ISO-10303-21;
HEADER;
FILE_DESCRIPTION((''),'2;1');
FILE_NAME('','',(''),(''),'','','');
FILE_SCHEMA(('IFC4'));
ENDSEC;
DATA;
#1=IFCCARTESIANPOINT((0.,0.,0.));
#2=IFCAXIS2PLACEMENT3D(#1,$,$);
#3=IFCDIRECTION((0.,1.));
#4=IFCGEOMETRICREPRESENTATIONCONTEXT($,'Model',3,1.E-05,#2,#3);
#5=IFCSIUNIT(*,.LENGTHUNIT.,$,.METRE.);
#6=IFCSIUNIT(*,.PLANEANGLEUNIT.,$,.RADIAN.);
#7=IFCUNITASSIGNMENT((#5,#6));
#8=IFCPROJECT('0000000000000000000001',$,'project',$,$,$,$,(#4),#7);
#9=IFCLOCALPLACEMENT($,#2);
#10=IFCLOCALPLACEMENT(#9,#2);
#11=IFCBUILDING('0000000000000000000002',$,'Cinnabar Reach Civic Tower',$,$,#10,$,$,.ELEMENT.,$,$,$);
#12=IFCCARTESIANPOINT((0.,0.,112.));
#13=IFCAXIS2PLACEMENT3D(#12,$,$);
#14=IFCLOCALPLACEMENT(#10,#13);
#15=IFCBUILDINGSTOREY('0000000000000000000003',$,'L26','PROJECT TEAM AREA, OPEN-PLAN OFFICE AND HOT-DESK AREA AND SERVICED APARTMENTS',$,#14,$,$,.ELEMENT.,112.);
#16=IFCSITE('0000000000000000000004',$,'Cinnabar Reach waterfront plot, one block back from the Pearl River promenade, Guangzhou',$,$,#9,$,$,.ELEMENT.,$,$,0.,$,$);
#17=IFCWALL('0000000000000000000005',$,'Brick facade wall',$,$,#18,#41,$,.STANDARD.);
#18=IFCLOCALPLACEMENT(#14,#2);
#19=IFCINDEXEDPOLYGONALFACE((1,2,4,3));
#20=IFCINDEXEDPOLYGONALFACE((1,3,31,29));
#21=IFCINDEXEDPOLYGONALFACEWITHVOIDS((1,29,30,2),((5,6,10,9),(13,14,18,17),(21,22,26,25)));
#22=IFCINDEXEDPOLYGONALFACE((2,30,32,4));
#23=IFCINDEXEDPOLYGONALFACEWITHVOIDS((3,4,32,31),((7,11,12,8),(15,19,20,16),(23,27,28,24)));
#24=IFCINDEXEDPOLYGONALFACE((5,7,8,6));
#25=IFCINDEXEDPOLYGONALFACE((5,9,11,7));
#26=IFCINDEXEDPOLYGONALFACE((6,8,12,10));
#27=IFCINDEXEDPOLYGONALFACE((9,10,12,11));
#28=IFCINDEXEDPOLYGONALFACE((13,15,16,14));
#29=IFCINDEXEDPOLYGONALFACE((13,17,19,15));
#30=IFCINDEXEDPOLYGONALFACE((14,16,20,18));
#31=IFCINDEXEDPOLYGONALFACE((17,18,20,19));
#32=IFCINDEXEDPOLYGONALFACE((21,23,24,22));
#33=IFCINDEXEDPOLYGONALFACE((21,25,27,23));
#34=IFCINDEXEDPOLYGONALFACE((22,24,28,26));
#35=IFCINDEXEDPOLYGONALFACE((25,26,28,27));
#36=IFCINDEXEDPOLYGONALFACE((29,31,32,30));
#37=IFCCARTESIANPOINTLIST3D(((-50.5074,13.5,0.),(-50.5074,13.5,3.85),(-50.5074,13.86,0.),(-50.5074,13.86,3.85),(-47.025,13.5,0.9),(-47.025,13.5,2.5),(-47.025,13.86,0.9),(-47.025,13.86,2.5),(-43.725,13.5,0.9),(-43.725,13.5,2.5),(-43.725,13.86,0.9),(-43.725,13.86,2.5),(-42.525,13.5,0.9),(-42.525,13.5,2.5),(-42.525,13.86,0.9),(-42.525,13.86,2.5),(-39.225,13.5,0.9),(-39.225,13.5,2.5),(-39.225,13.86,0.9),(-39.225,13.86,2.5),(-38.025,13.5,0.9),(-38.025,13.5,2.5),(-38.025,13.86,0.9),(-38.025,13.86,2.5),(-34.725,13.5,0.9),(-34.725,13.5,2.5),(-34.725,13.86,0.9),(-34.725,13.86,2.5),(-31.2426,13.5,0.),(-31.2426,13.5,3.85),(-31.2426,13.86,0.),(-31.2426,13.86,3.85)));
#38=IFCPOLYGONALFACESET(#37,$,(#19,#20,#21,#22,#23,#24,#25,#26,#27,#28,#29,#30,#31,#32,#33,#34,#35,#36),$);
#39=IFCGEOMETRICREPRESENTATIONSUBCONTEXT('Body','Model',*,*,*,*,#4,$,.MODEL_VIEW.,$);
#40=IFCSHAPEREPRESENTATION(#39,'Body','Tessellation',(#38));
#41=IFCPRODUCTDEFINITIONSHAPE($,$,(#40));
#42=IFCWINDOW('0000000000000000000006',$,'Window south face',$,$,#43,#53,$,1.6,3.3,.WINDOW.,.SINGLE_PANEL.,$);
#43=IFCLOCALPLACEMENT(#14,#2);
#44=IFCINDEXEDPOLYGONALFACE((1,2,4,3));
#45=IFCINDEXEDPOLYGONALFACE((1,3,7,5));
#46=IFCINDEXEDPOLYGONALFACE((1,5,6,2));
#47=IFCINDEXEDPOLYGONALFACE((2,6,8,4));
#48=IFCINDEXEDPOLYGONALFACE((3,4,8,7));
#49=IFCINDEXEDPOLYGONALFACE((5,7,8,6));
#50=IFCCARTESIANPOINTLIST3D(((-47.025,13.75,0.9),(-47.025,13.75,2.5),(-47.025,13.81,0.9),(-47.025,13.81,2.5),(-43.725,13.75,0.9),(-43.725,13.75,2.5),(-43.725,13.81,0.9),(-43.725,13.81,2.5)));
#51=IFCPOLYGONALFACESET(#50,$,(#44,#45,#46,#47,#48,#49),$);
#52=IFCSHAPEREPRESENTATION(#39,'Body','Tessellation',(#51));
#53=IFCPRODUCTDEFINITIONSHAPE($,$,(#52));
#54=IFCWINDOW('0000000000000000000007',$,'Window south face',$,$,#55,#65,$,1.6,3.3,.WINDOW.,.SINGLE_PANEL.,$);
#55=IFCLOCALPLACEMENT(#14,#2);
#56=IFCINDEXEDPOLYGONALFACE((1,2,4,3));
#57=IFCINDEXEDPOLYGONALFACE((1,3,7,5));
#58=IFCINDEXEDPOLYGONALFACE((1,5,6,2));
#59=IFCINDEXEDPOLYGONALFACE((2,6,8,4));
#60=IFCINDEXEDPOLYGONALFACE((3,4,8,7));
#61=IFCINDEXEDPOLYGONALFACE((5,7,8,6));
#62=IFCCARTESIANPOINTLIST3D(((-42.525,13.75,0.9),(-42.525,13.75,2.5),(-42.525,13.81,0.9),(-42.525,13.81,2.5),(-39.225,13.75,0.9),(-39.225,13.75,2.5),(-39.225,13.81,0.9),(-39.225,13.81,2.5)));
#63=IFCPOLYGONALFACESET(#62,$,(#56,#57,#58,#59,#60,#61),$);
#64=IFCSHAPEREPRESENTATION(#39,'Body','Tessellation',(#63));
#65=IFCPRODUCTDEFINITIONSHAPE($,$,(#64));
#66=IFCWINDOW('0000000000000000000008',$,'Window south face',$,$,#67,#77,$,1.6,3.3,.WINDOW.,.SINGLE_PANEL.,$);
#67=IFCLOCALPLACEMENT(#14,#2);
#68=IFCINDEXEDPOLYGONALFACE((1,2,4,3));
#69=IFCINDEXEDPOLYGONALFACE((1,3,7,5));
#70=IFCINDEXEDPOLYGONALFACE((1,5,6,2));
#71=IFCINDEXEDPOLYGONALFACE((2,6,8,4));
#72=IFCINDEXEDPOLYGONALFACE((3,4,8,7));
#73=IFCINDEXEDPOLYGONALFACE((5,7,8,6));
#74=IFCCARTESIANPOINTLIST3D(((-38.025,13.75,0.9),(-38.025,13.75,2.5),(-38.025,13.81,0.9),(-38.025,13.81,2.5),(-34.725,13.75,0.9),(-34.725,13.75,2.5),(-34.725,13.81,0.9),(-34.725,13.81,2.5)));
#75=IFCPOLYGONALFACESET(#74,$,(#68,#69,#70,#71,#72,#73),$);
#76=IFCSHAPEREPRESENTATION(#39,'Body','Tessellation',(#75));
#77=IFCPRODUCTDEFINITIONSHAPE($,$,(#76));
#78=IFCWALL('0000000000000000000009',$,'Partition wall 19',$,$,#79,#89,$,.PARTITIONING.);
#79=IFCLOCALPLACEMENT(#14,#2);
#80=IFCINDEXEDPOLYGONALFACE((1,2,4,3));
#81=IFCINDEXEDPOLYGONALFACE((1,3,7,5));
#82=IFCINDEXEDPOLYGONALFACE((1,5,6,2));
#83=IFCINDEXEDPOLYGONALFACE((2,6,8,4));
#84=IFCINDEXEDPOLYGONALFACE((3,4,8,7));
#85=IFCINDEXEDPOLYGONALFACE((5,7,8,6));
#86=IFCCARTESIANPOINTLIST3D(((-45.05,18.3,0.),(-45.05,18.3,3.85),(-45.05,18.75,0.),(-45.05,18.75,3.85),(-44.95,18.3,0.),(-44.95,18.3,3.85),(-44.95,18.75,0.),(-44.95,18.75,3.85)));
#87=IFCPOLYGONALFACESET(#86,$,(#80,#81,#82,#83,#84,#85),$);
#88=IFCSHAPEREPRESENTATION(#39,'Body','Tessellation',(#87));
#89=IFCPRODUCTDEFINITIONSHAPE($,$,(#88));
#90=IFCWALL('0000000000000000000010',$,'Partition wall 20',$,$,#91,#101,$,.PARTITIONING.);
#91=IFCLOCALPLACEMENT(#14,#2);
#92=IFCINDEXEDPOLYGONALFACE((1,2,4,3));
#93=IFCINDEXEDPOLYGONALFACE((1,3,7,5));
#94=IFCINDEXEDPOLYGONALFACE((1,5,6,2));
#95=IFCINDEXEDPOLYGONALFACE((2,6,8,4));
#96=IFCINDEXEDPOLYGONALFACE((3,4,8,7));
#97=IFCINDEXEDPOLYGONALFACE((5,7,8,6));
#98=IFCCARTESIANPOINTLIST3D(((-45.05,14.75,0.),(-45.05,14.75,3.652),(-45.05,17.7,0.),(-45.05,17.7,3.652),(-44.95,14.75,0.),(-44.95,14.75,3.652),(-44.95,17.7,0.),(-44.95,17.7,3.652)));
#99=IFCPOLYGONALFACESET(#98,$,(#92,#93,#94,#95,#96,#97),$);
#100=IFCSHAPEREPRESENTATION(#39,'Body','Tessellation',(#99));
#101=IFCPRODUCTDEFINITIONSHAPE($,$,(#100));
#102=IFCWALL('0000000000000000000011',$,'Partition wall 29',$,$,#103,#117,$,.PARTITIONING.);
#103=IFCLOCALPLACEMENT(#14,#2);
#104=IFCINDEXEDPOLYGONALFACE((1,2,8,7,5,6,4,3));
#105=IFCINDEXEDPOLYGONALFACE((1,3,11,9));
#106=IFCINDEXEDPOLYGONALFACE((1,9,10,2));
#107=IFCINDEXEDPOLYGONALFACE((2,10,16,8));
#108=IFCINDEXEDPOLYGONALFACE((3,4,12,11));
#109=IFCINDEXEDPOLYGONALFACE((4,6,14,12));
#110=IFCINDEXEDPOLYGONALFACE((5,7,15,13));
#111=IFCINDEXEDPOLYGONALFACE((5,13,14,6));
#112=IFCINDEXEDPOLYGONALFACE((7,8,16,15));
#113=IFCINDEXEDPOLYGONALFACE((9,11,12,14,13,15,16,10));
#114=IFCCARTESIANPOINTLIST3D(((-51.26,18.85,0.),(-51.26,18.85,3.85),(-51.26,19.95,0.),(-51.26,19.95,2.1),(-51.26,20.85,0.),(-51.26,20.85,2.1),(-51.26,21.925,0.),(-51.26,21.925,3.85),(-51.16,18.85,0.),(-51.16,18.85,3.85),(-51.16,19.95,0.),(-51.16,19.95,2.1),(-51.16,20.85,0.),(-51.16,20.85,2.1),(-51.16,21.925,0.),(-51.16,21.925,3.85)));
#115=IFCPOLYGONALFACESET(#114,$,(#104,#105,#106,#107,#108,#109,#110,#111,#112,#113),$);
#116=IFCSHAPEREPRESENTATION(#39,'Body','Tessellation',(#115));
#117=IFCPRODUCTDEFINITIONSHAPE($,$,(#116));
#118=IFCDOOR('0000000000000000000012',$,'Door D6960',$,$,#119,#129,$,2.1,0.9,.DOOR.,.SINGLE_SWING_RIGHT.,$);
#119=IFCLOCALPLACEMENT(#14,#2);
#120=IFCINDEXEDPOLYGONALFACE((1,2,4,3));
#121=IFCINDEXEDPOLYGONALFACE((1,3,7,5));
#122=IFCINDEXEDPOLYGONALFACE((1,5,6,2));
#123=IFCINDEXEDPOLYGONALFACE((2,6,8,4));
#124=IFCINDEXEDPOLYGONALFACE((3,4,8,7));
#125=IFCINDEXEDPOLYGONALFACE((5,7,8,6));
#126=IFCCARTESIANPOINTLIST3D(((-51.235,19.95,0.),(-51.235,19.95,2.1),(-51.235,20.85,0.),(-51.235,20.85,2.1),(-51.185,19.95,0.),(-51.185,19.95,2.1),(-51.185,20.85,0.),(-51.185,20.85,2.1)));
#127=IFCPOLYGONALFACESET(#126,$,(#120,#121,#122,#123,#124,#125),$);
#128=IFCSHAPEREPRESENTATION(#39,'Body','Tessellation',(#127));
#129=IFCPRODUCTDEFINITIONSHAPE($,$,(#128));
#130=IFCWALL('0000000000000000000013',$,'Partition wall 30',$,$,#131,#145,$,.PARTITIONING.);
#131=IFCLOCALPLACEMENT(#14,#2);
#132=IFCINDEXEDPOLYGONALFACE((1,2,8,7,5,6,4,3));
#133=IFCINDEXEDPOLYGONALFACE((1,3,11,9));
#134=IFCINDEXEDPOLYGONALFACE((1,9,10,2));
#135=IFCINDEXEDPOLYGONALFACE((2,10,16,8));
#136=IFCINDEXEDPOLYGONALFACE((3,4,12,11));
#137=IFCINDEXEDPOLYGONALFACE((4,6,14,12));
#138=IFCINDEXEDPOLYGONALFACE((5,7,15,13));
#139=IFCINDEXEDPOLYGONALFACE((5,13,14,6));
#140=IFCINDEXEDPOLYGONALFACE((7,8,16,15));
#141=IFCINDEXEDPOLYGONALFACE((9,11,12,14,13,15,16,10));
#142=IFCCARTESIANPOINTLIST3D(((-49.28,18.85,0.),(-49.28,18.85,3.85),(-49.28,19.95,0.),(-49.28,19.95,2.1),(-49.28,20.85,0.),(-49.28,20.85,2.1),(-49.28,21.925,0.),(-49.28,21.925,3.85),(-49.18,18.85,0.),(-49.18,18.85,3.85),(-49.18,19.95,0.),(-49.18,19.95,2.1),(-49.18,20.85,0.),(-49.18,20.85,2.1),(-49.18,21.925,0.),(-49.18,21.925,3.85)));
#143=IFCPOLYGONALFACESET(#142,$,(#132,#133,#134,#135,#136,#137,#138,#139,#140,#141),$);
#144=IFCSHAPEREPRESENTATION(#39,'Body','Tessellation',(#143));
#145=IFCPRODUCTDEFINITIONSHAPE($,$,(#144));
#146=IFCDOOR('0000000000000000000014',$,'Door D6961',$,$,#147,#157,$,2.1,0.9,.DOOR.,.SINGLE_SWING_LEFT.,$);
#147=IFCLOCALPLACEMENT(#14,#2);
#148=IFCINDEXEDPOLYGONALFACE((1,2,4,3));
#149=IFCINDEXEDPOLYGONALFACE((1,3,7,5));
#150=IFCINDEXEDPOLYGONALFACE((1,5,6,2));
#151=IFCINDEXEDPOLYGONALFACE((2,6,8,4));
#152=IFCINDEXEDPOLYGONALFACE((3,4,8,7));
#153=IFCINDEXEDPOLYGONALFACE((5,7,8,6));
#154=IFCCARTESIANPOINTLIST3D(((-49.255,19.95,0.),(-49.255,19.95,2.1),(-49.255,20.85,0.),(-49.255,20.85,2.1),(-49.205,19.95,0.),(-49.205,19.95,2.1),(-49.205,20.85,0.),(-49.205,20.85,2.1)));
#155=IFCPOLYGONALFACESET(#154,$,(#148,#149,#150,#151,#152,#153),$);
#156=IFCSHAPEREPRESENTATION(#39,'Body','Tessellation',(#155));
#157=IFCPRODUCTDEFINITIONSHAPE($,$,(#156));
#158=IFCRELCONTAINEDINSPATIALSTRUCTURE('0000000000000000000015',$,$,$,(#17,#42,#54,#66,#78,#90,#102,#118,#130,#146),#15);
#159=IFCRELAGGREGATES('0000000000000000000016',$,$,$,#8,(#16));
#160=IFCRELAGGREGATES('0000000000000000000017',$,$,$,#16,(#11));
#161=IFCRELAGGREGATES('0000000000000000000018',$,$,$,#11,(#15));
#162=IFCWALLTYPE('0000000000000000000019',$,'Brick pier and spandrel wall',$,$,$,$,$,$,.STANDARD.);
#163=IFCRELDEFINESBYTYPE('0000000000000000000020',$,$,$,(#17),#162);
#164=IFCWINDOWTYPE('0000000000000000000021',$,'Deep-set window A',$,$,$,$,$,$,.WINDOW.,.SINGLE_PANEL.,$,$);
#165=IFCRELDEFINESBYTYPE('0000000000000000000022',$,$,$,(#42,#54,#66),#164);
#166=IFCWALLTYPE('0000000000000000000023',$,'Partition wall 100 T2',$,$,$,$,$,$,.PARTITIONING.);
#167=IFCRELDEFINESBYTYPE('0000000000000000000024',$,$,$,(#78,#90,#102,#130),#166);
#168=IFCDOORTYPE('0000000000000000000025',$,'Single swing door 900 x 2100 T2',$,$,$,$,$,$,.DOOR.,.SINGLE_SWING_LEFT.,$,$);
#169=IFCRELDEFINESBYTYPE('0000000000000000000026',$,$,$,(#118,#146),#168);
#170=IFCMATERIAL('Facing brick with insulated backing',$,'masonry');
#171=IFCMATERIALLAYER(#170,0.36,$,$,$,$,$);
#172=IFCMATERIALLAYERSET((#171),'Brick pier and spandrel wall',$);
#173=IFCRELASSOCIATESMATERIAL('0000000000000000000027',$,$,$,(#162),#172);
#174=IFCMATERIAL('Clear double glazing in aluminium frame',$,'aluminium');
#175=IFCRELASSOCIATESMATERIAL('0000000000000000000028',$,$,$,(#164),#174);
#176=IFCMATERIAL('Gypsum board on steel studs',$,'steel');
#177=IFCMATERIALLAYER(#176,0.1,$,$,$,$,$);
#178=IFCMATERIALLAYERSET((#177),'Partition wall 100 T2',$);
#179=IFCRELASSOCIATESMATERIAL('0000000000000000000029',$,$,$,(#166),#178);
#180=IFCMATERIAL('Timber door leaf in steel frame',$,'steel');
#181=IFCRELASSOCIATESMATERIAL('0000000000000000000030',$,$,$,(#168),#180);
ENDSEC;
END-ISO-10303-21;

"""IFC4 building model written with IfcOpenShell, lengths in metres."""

from ifc_helpers import new_model, si_unit, direction, frame, frame_2d, origin, place, context, subcontext, project, spatial, rectangle, extrude, material, layer, layer_set, type_object, element, fill, save


model = new_model("IFC4")

# Units and contexts
model_context = context("Model", 3, precision=1e-05, world=origin(), true_north=direction((0.0, 1.0)))
body_context = subcontext(model_context, "Body", "Model", "MODEL_VIEW")
ifc_project = project(units=[si_unit("LENGTHUNIT", "METRE"), si_unit("PLANEANGLEUNIT", "RADIAN")], contexts=[model_context])

# Site, building, storey
site_placement = place(None, origin())
site = spatial("IfcSite", under=ifc_project, at=site_placement, Name="Cinnabar Reach waterfront plot, one block back from the Pearl River promenade, Guangzhou", CompositionType="ELEMENT", RefElevation=0.0)
building_placement = place(site_placement, origin())
building = spatial("IfcBuilding", under=site, at=building_placement, Name="Cinnabar Reach Civic Tower", CompositionType="ELEMENT")
storey_placement = place(building_placement, frame((0.0, 0.0, 112.0)))
storey = spatial("IfcBuildingStorey", under=building, at=storey_placement, Name="L26", Description="PROJECT TEAM AREA, OPEN-PLAN OFFICE AND HOT-DESK AREA AND SERVICED APARTMENTS", CompositionType="ELEMENT", Elevation=112.0)

# Shared definitions
ifc_material_1 = material(Name="Facing brick with insulated backing", Category="masonry")

# Wall, openings, windows
ifc_layer_1 = layer(ifc_material_1, 0.36)
ifc_layer_set_1 = layer_set([ifc_layer_1], Name="Brick pier and spandrel wall")
wall_type_1 = type_object("IfcWallType", Name="Brick pier and spandrel wall", PredefinedType="STANDARD", material=ifc_layer_set_1)
wall_1_placement = place(storey_placement, frame((-50.5074, 13.68, 0.0), z_axis=(0.0, 0.0, 1.0), x_axis=(1.0, 0.0, 0.0)))
wall_1 = element("IfcWall", 1, at=wall_1_placement, inside=storey, type_object=wall_type_1, Name="Brick facade wall", PredefinedType="STANDARD", context=body_context, shape_type="SweptSolid", body=[
    extrude(rectangle(XDim=19.2648, YDim=0.36, at=frame_2d((9.6324, 0.0))), origin(), (0.0, 0.0, 1.0), 3.85),
])
opening_1_placement = place(wall_1_placement, frame((3.4824, 0.0, 0.9)))
opening_1 = element("IfcOpeningElement", 2, at=opening_1_placement, cuts=wall_1, PredefinedType="OPENING", context=body_context, shape_type="SweptSolid", body=[
    extrude(rectangle(XDim=3.3, YDim=1.6, at=frame_2d((1.65, 0.8))), frame((0.0, 0.19, 0.0), z_axis=(0.0, -1.0, 0.0), x_axis=(1.0, 0.0, 0.0)), (0.0, 0.0, 1.0), 0.38),
])
opening_2_placement = place(wall_1_placement, frame((7.9824, 0.0, 0.9)))
opening_2 = element("IfcOpeningElement", 3, at=opening_2_placement, cuts=wall_1, PredefinedType="OPENING", context=body_context, shape_type="SweptSolid", body=[
    extrude(rectangle(XDim=3.3, YDim=1.6, at=frame_2d((1.65, 0.8))), frame((0.0, 0.19, 0.0), z_axis=(0.0, -1.0, 0.0), x_axis=(1.0, 0.0, 0.0)), (0.0, 0.0, 1.0), 0.38),
])
opening_3_placement = place(wall_1_placement, frame((12.4824, 0.0, 0.9)))
opening_3 = element("IfcOpeningElement", 4, at=opening_3_placement, cuts=wall_1, PredefinedType="OPENING", context=body_context, shape_type="SweptSolid", body=[
    extrude(rectangle(XDim=3.3, YDim=1.6, at=frame_2d((1.65, 0.8))), frame((0.0, 0.19, 0.0), z_axis=(0.0, -1.0, 0.0), x_axis=(1.0, 0.0, 0.0)), (0.0, 0.0, 1.0), 0.38),
])
ifc_material_2 = material(Name="Clear double glazing in aluminium frame", Category="aluminium")
window_type = type_object("IfcWindowType", Name="Deep-set window A", PartitioningType="SINGLE_PANEL", PredefinedType="WINDOW", material=ifc_material_2)
window_1_placement = place(opening_1_placement, origin())
window_1 = element("IfcWindow", 5, at=window_1_placement, inside=storey, type_object=window_type, Name="Window south face", OverallHeight=1.6, OverallWidth=3.3, PartitioningType="SINGLE_PANEL", PredefinedType="WINDOW", context=body_context, shape_type="SweptSolid", body=[
    extrude(rectangle(XDim=3.3, YDim=1.6, at=frame_2d((1.65, 0.8))), frame((0.0, 0.13, 0.0), z_axis=(0.0, -1.0, 0.0), x_axis=(1.0, 0.0, 0.0)), (0.0, 0.0, 1.0), 0.06),
])
fill(opening_1, window_1)
window_2_placement = place(opening_2_placement, origin())
window_2 = element("IfcWindow", 6, at=window_2_placement, inside=storey, type_object=window_type, Name="Window south face", OverallHeight=1.6, OverallWidth=3.3, PartitioningType="SINGLE_PANEL", PredefinedType="WINDOW", context=body_context, shape_type="SweptSolid", body=[
    extrude(rectangle(XDim=3.3, YDim=1.6, at=frame_2d((1.65, 0.8))), frame((0.0, 0.13, 0.0), z_axis=(0.0, -1.0, 0.0), x_axis=(1.0, 0.0, 0.0)), (0.0, 0.0, 1.0), 0.06),
])
fill(opening_2, window_2)
window_3_placement = place(opening_3_placement, origin())
window_3 = element("IfcWindow", 7, at=window_3_placement, inside=storey, type_object=window_type, Name="Window south face", OverallHeight=1.6, OverallWidth=3.3, PartitioningType="SINGLE_PANEL", PredefinedType="WINDOW", context=body_context, shape_type="SweptSolid", body=[
    extrude(rectangle(XDim=3.3, YDim=1.6, at=frame_2d((1.65, 0.8))), frame((0.0, 0.13, 0.0), z_axis=(0.0, -1.0, 0.0), x_axis=(1.0, 0.0, 0.0)), (0.0, 0.0, 1.0), 0.06),
])
fill(opening_3, window_3)

# Walls
ifc_material_3 = material(Name="Gypsum board on steel studs", Category="steel")
ifc_layer_2 = layer(ifc_material_3, 0.1)
ifc_layer_set_2 = layer_set([ifc_layer_2], Name="Partition wall 100 T2")
wall_type_2 = type_object("IfcWallType", Name="Partition wall 100 T2", PredefinedType="PARTITIONING", material=ifc_layer_set_2)
wall_2_placement = place(storey_placement, frame((-45.0, 18.3, 0.0), z_axis=(0.0, 0.0, 1.0), x_axis=(0.0, 1.0, 0.0)))
element("IfcWall", 8, at=wall_2_placement, inside=storey, type_object=wall_type_2, Name="Partition wall 19", PredefinedType="PARTITIONING", context=body_context, shape_type="SweptSolid", body=[
    extrude(rectangle(XDim=0.45, YDim=0.1, at=frame_2d((0.225, 0.0))), origin(), (0.0, 0.0, 1.0), 3.85),
])
wall_3_placement = place(storey_placement, frame((-45.0, 14.75, 0.0), z_axis=(0.0, 0.0, 1.0), x_axis=(0.0, 1.0, 0.0)))
element("IfcWall", 9, at=wall_3_placement, inside=storey, type_object=wall_type_2, Name="Partition wall 20", PredefinedType="PARTITIONING", context=body_context, shape_type="SweptSolid", body=[
    extrude(rectangle(XDim=2.95, YDim=0.1, at=frame_2d((1.475, 0.0))), origin(), (0.0, 0.0, 1.0), 3.652),
])

# Walls, openings, doors
wall_4_placement = place(storey_placement, frame((-51.21, 18.85, 0.0), z_axis=(0.0, 0.0, 1.0), x_axis=(0.0, 1.0, 0.0)))
wall_4 = element("IfcWall", 10, at=wall_4_placement, inside=storey, type_object=wall_type_2, Name="Partition wall 29", PredefinedType="PARTITIONING", context=body_context, shape_type="SweptSolid", body=[
    extrude(rectangle(XDim=3.075, YDim=0.1, at=frame_2d((1.5375, 0.0))), origin(), (0.0, 0.0, 1.0), 3.85),
])
opening_4_placement = place(wall_4_placement, frame((1.1, 0.0, 0.0)))
opening_4 = element("IfcOpeningElement", 11, at=opening_4_placement, cuts=wall_4, PredefinedType="OPENING", context=body_context, shape_type="SweptSolid", body=[
    extrude(rectangle(XDim=0.9, YDim=2.1, at=frame_2d((0.45, 1.05))), frame((0.0, 0.06, 0.0), z_axis=(0.0, -1.0, 0.0), x_axis=(1.0, 0.0, 0.0)), (0.0, 0.0, 1.0), 0.12),
])
ifc_material_4 = material(Name="Timber door leaf in steel frame", Category="steel")
door_type = type_object("IfcDoorType", Name="Single swing door 900 x 2100 T2", OperationType="SINGLE_SWING_LEFT", PredefinedType="DOOR", material=ifc_material_4)
door_1_placement = place(opening_4_placement, origin())
door_1 = element("IfcDoor", 12, at=door_1_placement, inside=storey, type_object=door_type, Name="Door D6960", OperationType="SINGLE_SWING_RIGHT", OverallHeight=2.1, OverallWidth=0.9, PredefinedType="DOOR", context=body_context, shape_type="SweptSolid", body=[
    extrude(rectangle(XDim=0.9, YDim=2.1, at=frame_2d((0.45, 1.05))), frame((0.0, 0.025, 0.0), z_axis=(0.0, -1.0, 0.0), x_axis=(1.0, 0.0, 0.0)), (0.0, 0.0, 1.0), 0.05),
])
fill(opening_4, door_1)
wall_5_placement = place(storey_placement, frame((-49.23, 18.85, 0.0), z_axis=(0.0, 0.0, 1.0), x_axis=(0.0, 1.0, 0.0)))
wall_5 = element("IfcWall", 13, at=wall_5_placement, inside=storey, type_object=wall_type_2, Name="Partition wall 30", PredefinedType="PARTITIONING", context=body_context, shape_type="SweptSolid", body=[
    extrude(rectangle(XDim=3.075, YDim=0.1, at=frame_2d((1.5375, 0.0))), origin(), (0.0, 0.0, 1.0), 3.85),
])
opening_5_placement = place(wall_5_placement, frame((1.1, 0.0, 0.0)))
opening_5 = element("IfcOpeningElement", 14, at=opening_5_placement, cuts=wall_5, PredefinedType="OPENING", context=body_context, shape_type="SweptSolid", body=[
    extrude(rectangle(XDim=0.9, YDim=2.1, at=frame_2d((0.45, 1.05))), frame((0.0, 0.06, 0.0), z_axis=(0.0, -1.0, 0.0), x_axis=(1.0, 0.0, 0.0)), (0.0, 0.0, 1.0), 0.12),
])
door_2_placement = place(opening_5_placement, origin())
door_2 = element("IfcDoor", 15, at=door_2_placement, inside=storey, type_object=door_type, Name="Door D6961", OperationType="SINGLE_SWING_LEFT", OverallHeight=2.1, OverallWidth=0.9, PredefinedType="DOOR", context=body_context, shape_type="SweptSolid", body=[
    extrude(rectangle(XDim=0.9, YDim=2.1, at=frame_2d((0.45, 1.05))), frame((0.0, 0.025, 0.0), z_axis=(0.0, -1.0, 0.0), x_axis=(1.0, 0.0, 0.0)), (0.0, 0.0, 1.0), 0.05),
])
fill(opening_5, door_2)

save(model, "model.ifc")
